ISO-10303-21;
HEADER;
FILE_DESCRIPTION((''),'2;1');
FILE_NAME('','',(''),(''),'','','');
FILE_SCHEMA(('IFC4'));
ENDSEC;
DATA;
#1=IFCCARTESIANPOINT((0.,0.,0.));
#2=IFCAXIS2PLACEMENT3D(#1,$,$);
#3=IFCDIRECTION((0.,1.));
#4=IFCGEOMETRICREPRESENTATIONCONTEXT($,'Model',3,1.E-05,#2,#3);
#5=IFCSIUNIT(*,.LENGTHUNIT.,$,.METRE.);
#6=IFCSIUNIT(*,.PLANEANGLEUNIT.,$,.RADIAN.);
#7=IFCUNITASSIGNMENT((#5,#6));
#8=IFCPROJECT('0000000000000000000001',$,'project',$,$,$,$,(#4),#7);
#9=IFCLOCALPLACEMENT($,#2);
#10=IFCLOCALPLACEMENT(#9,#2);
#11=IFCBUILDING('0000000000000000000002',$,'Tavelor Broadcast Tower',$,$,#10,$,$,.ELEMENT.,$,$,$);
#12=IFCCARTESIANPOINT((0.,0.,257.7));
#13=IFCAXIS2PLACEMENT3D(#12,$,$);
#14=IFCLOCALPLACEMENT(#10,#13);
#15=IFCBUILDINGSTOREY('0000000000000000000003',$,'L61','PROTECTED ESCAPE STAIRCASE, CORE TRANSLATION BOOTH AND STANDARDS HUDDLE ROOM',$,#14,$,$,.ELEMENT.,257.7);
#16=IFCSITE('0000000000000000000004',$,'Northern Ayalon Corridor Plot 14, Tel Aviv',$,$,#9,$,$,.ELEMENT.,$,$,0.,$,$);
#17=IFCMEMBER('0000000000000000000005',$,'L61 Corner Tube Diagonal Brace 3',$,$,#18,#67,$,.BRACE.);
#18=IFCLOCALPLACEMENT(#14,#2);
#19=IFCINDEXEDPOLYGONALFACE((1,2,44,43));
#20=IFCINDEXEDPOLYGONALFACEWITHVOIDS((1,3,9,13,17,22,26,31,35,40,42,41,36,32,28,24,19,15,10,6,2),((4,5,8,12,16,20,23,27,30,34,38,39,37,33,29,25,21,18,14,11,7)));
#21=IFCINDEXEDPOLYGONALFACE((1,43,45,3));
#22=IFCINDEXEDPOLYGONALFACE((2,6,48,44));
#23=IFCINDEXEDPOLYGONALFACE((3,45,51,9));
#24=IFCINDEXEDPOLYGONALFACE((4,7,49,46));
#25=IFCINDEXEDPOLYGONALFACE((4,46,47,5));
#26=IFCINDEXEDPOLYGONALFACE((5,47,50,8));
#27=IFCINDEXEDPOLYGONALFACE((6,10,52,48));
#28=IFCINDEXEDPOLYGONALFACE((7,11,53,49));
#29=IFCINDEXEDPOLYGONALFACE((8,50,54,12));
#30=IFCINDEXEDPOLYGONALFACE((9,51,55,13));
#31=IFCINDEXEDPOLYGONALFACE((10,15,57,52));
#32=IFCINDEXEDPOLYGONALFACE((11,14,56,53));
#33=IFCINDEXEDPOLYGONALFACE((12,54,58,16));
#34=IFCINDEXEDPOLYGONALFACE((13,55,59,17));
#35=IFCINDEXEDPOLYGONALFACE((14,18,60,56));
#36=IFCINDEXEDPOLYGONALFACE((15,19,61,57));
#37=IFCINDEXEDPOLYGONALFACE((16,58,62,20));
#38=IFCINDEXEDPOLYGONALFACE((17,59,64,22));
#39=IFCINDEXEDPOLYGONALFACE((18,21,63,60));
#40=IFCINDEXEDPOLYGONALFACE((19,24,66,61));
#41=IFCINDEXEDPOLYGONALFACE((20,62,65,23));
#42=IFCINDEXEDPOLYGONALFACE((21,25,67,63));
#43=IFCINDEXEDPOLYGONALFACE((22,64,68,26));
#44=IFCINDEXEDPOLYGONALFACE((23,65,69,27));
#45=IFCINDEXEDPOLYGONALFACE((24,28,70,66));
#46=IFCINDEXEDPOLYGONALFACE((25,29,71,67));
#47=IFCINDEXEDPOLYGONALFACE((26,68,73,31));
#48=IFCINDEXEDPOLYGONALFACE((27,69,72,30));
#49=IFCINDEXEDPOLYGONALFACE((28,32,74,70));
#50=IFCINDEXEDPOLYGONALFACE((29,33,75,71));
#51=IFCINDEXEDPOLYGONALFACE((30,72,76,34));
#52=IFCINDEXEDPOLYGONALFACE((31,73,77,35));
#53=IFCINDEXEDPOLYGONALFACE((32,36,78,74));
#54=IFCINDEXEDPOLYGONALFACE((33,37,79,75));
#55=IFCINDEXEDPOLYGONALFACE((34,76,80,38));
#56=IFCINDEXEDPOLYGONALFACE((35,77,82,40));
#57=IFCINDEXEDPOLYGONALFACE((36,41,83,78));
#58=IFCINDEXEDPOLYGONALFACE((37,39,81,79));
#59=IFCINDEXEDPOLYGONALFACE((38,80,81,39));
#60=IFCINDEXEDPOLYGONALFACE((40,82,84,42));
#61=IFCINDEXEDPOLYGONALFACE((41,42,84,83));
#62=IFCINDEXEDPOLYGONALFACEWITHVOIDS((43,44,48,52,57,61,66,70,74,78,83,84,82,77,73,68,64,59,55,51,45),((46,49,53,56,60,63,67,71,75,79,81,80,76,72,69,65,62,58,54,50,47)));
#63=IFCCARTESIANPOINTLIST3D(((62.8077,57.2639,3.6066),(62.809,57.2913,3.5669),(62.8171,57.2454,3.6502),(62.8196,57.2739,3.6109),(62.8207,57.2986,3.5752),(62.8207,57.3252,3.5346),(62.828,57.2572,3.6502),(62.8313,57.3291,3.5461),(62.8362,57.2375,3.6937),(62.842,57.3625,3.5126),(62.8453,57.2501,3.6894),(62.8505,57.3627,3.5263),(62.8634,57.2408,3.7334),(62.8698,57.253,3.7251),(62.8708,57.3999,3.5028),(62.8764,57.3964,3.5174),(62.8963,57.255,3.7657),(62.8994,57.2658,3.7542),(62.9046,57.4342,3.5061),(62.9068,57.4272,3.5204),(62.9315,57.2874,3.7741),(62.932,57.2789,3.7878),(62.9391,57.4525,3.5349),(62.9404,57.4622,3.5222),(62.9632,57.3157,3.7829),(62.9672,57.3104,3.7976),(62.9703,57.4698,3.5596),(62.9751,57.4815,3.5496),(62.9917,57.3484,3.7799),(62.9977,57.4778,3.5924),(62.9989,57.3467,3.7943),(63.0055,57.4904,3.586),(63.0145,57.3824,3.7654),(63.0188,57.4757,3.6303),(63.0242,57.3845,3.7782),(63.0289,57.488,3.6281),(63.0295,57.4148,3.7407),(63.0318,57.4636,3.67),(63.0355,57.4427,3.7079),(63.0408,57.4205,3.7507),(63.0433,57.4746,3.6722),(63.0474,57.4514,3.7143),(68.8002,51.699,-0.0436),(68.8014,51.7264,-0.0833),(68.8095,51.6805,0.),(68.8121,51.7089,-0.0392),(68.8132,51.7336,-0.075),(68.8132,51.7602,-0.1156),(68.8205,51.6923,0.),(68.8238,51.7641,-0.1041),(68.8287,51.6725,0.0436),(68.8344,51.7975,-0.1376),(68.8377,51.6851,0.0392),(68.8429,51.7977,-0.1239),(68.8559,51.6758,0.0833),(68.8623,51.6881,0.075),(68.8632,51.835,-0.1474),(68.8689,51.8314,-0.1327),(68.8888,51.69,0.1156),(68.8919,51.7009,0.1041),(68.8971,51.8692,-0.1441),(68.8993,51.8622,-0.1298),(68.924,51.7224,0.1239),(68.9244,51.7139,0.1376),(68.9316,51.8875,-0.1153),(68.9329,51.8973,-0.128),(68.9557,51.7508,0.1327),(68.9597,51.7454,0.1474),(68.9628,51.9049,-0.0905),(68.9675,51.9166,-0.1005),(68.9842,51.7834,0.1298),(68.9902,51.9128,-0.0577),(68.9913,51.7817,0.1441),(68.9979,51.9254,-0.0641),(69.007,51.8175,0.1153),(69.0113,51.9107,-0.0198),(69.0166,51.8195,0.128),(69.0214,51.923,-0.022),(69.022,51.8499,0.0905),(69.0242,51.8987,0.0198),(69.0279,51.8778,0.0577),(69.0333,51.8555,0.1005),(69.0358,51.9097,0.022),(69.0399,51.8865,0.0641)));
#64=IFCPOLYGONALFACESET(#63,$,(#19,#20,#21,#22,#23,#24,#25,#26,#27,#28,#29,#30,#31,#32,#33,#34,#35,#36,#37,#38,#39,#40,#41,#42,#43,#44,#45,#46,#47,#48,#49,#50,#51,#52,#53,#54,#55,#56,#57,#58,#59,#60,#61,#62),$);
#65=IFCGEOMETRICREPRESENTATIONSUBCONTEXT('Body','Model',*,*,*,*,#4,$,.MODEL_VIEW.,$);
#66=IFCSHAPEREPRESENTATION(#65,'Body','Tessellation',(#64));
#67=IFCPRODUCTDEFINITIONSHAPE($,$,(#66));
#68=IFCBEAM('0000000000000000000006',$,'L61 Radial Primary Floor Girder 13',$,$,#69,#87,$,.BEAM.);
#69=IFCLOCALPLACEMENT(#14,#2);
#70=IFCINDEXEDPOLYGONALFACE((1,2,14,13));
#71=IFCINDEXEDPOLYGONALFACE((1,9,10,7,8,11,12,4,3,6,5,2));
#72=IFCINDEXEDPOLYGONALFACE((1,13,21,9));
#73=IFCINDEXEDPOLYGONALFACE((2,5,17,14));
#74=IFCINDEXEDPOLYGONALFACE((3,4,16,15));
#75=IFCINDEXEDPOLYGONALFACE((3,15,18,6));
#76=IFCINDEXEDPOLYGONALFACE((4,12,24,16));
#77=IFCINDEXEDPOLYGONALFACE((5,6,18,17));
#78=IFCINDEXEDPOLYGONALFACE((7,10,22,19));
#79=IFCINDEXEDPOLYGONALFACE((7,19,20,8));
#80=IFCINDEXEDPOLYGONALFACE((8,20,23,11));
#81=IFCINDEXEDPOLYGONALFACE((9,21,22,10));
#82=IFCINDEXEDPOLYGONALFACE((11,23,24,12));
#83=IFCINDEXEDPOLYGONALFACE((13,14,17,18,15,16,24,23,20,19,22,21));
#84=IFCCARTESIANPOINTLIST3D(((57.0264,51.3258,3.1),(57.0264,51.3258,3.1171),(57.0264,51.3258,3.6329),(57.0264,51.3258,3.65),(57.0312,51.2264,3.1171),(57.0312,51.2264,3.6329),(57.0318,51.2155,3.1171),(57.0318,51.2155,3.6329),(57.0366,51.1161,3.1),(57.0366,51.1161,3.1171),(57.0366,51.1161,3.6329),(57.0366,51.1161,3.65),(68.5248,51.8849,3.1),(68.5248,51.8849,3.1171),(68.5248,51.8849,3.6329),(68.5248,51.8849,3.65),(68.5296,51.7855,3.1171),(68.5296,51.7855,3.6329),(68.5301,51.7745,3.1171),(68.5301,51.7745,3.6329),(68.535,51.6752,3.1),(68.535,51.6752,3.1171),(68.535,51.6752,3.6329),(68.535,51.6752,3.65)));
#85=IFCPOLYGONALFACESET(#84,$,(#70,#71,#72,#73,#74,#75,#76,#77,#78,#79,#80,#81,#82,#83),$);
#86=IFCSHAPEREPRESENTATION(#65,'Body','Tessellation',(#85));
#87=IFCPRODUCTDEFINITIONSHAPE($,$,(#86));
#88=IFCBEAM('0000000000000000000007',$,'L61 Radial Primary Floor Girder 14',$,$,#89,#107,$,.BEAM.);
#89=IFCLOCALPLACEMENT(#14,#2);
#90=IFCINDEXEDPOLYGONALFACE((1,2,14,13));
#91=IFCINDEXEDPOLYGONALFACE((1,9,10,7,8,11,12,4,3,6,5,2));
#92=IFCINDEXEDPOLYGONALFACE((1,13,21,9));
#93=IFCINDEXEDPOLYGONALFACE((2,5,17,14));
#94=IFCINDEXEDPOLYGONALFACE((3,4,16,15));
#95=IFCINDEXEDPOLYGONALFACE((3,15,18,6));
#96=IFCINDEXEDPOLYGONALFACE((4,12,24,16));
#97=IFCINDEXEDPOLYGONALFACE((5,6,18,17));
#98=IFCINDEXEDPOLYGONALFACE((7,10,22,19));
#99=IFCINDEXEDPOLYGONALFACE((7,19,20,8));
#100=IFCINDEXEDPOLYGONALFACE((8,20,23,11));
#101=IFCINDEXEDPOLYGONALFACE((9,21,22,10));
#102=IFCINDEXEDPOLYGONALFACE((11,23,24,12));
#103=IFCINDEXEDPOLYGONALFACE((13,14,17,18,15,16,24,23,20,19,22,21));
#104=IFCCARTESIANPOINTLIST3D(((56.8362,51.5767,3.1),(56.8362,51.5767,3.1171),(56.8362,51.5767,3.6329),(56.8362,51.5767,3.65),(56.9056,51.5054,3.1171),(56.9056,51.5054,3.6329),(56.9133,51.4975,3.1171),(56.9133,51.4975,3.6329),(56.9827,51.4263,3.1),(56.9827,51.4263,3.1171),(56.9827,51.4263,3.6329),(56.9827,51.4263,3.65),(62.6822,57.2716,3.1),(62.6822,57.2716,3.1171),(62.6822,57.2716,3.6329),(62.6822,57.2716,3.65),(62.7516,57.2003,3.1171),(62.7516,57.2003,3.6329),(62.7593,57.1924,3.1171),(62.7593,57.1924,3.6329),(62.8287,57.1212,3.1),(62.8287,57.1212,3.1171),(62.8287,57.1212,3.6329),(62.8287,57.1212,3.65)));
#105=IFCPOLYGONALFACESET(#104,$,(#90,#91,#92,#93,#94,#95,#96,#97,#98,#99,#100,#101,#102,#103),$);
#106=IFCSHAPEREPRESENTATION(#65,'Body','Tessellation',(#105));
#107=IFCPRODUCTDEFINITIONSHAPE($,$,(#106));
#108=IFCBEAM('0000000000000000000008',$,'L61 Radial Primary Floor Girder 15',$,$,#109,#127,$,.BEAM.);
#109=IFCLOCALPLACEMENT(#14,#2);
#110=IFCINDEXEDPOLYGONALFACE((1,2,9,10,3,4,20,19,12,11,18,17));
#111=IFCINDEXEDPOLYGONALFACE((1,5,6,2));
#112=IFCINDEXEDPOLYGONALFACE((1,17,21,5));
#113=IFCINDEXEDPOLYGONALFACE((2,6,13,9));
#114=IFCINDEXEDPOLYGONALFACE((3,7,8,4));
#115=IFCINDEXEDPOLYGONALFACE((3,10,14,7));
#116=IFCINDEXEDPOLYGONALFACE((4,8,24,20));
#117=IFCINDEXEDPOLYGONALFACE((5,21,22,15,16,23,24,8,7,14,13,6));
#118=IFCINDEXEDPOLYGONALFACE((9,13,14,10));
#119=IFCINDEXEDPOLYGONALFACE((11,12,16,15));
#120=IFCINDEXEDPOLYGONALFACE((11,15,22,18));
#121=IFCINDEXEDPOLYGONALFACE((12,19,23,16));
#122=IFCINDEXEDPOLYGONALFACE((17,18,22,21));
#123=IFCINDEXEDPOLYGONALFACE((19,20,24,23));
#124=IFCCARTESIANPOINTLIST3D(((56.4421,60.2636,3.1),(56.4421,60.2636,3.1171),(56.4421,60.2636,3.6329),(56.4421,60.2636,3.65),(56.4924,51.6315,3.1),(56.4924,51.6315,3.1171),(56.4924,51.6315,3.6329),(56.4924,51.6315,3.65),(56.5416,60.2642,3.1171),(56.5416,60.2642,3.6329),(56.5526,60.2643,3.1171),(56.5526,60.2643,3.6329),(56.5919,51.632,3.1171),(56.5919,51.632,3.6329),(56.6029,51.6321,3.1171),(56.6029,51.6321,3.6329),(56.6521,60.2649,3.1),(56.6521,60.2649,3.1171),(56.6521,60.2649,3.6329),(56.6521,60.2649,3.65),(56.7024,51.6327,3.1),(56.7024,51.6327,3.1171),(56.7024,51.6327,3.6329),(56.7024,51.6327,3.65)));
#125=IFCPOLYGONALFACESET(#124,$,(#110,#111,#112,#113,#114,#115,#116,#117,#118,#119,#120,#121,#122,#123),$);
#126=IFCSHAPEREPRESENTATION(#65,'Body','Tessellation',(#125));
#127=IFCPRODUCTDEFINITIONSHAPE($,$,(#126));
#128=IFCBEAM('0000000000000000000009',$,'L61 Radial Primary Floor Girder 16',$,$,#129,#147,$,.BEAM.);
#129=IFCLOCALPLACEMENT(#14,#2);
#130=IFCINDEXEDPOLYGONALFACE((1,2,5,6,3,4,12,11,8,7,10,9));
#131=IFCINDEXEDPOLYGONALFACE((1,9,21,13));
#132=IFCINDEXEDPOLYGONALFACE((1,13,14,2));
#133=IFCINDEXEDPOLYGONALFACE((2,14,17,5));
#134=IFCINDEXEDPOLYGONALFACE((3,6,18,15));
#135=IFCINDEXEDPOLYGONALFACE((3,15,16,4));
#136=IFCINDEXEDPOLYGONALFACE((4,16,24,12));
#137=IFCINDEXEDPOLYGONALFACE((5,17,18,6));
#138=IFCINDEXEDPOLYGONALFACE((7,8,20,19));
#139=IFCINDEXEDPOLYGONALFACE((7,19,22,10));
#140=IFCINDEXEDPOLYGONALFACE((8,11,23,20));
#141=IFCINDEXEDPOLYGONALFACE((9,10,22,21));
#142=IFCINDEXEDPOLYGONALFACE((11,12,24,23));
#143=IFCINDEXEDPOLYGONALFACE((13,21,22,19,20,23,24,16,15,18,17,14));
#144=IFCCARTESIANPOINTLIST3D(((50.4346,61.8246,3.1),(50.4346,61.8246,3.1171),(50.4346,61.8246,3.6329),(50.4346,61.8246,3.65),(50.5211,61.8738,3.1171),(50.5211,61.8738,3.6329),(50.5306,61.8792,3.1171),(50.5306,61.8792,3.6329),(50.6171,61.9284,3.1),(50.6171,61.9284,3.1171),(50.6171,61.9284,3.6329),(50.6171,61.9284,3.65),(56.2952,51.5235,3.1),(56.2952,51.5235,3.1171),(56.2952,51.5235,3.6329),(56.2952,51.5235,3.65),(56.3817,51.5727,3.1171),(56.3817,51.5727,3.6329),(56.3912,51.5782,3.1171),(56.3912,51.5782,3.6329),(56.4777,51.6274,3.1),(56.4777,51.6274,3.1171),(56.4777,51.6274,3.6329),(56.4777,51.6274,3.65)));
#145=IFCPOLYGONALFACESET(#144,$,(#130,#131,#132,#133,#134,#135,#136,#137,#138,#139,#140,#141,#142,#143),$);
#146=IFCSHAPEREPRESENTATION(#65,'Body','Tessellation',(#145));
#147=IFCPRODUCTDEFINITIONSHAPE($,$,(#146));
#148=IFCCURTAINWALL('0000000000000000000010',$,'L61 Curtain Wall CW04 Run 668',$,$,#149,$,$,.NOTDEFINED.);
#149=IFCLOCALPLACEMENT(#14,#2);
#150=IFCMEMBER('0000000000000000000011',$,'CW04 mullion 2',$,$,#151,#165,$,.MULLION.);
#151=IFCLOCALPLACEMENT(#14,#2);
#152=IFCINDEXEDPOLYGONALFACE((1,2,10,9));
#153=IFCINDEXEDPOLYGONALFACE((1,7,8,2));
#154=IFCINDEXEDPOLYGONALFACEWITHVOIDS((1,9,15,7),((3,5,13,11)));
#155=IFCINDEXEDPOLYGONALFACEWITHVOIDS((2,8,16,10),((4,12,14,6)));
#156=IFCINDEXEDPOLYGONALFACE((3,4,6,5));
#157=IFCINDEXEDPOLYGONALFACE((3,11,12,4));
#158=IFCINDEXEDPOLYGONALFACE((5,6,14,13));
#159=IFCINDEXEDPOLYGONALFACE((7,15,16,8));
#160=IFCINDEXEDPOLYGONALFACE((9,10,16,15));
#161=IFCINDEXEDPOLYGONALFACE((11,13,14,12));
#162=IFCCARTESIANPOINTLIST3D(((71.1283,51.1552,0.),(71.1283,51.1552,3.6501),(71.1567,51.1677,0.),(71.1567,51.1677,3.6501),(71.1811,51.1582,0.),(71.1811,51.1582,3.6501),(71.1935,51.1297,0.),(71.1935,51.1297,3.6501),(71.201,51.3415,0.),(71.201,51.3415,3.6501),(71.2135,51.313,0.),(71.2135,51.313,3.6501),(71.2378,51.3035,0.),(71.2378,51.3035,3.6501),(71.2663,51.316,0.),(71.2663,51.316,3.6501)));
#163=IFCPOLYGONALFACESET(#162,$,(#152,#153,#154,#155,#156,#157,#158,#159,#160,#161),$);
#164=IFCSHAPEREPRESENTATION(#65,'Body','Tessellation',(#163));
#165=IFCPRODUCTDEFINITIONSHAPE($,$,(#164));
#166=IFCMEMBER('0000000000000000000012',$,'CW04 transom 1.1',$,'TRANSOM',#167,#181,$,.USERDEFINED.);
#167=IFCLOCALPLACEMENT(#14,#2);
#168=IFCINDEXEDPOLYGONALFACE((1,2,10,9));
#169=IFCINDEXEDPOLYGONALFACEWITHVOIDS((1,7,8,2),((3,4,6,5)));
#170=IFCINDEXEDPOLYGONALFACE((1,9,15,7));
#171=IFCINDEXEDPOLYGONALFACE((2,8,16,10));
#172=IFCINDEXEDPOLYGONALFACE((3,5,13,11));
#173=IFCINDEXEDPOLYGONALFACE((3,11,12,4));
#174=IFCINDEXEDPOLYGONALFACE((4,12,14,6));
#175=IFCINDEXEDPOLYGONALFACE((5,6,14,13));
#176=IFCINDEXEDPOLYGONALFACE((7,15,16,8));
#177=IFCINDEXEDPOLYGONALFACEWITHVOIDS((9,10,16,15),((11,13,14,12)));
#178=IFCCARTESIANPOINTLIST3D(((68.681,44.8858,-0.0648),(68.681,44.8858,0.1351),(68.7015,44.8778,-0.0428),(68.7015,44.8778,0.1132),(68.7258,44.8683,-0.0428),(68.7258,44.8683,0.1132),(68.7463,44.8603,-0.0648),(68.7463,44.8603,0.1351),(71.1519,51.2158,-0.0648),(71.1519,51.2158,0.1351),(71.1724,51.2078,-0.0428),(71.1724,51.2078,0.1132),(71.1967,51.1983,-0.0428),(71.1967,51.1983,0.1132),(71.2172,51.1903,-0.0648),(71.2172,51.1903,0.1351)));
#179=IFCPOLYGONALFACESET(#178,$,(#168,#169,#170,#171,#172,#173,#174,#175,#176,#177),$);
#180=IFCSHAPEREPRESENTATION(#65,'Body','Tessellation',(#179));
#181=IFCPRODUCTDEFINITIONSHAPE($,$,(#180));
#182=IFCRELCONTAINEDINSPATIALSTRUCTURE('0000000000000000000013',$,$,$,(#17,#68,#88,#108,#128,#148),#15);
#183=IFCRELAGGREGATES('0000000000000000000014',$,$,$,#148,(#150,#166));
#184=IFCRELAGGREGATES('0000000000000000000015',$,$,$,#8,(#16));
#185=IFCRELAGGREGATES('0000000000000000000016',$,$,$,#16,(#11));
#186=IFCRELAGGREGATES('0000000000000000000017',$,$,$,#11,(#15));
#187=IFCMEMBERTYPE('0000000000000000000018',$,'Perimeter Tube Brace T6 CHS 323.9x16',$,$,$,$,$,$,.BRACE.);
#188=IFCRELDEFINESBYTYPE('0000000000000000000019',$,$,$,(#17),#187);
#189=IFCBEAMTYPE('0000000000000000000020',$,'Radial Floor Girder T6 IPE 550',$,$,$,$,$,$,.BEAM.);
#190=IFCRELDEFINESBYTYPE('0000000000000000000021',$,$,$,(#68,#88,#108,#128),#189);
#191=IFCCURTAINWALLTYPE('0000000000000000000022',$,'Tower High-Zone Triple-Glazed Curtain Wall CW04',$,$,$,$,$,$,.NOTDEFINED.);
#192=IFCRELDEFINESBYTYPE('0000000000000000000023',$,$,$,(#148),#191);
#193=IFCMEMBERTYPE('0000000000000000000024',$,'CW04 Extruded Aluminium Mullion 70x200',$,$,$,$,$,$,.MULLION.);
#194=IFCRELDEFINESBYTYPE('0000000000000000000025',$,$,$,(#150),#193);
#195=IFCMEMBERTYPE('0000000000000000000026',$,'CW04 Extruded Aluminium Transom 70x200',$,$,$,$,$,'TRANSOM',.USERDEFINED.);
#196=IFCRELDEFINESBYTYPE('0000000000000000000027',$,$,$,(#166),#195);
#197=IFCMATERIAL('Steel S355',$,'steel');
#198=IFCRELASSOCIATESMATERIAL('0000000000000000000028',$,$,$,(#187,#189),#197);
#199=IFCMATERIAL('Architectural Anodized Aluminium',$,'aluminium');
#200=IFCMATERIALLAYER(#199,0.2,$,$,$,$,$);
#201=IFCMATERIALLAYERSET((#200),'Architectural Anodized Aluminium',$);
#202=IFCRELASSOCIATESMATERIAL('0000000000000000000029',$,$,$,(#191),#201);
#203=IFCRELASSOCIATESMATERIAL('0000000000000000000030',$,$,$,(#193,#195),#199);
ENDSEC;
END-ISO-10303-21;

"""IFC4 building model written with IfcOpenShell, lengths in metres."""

from ifc_helpers import new_model, si_unit, direction, frame, origin, origin_2d, place, context, subcontext, project, spatial, hollow_rectangle, hollow_circle, i_section, extrude, source, transform, mapped, material, layer, layer_set, material_profile, profile_set, type_object, type_shapes, element, aggregate, save


model = new_model("IFC4")

# Units and contexts
model_context = context("Model", 3, precision=1e-05, world=origin(), true_north=direction((0.0, 1.0)))
body_context = subcontext(model_context, "Body", "Model", "MODEL_VIEW")
ifc_project = project(units=[si_unit("LENGTHUNIT", "METRE"), si_unit("PLANEANGLEUNIT", "RADIAN")], contexts=[model_context])

# Site, building, storey
site_placement = place(None, origin())
site = spatial("IfcSite", under=ifc_project, at=site_placement, Name="Northern Ayalon Corridor Plot 14, Tel Aviv", CompositionType="ELEMENT", RefElevation=0.0)
building_placement = place(site_placement, origin())
building = spatial("IfcBuilding", under=site, at=building_placement, Name="Tavelor Broadcast Tower", CompositionType="ELEMENT")
storey_placement = place(building_placement, frame((0.0, 0.0, 257.7)))
storey = spatial("IfcBuildingStorey", under=building, at=storey_placement, Name="L61", Description="PROTECTED ESCAPE STAIRCASE, CORE TRANSLATION BOOTH AND STANDARDS HUDDLE ROOM", CompositionType="ELEMENT", Elevation=257.7)

# Shared definitions
ifc_material_1 = material(Name="Steel S355", Category="steel")

# Member
ifc_material_profile_1 = material_profile(ifc_material_1, hollow_circle(Radius=0.1619, WallThickness=0.0161, at=origin_2d()), Name="CHS 323.9x16")
ifc_profile_set_1 = profile_set([ifc_material_profile_1], Name="Steel S355")
member_type_1 = type_object("IfcMemberType", Name="Perimeter Tube Brace T6 CHS 323.9x16", PredefinedType="BRACE", material=ifc_profile_set_1)
member_1_placement = place(storey_placement, frame((68.9197, 51.7991, 0.0), z_axis=(-0.669133, 0.621398, 0.407586), x_axis=(-0.680487, -0.732761, 0.0)))
element("IfcMember", 1, at=member_1_placement, inside=storey, type_object=member_type_1, Name="L61 Corner Tube Diagonal Brace 3", PredefinedType="BRACE", context=body_context, shape_type="SweptSolid", body=[
    extrude(hollow_circle(Radius=0.1619, WallThickness=0.0161, at=origin_2d()), origin(), (0.0, 0.0, 1.0), 8.9556),
])

# Beams
ifc_material_profile_2 = material_profile(ifc_material_1, i_section(OverallWidth=0.21, OverallDepth=0.55, WebThickness=0.011, FlangeThickness=0.0171, at=origin_2d()), Name="IPE 550")
ifc_profile_set_2 = profile_set([ifc_material_profile_2], Name="Steel S355")
beam_type_1 = type_object("IfcBeamType", Name="Radial Floor Girder T6 IPE 550", PredefinedType="BEAM", material=ifc_profile_set_2)
beam_1_placement = place(storey_placement, frame((57.0315, 51.2209, 3.375), z_axis=(0.99882, 0.048566, 0.0), x_axis=(-0.048566, 0.99882, 0.0)))
element("IfcBeam", 2, at=beam_1_placement, inside=storey, type_object=beam_type_1, Name="L61 Radial Primary Floor Girder 13", PredefinedType="BEAM", context=body_context, shape_type="SweptSolid", body=[
    extrude(i_section(OverallWidth=0.21, OverallDepth=0.55, WebThickness=0.011, FlangeThickness=0.0171, at=origin_2d()), origin(), (0.0, 0.0, 1.0), 11.512),
])
beam_2_placement = place(storey_placement, frame((56.9094, 51.5015, 3.375), z_axis=(0.716305, 0.697788, 0.0), x_axis=(-0.697788, 0.716305, 0.0)))
element("IfcBeam", 3, at=beam_2_placement, inside=storey, type_object=beam_type_1, Name="L61 Radial Primary Floor Girder 14", PredefinedType="BEAM", context=body_context, shape_type="SweptSolid", body=[
    extrude(i_section(OverallWidth=0.21, OverallDepth=0.55, WebThickness=0.011, FlangeThickness=0.0171, at=origin_2d()), origin(), (0.0, 0.0, 1.0), 8.1614),
])
beam_3_placement = place(storey_placement, frame((56.5974, 51.6321, 3.375), z_axis=(-0.005826, 0.999983, 0.0), x_axis=(-0.999983, -0.005826, 0.0)))
element("IfcBeam", 4, at=beam_3_placement, inside=storey, type_object=beam_type_1, Name="L61 Radial Primary Floor Girder 15", PredefinedType="BEAM", context=body_context, shape_type="SweptSolid", body=[
    extrude(i_section(OverallWidth=0.21, OverallDepth=0.55, WebThickness=0.011, FlangeThickness=0.0171, at=origin_2d()), origin(), (0.0, 0.0, 1.0), 8.6323),
])
beam_4_placement = place(storey_placement, frame((56.3865, 51.5754, 3.375), z_axis=(-0.494503, 0.869176, 0.0), x_axis=(-0.869176, -0.494503, 0.0)))
element("IfcBeam", 5, at=beam_4_placement, inside=storey, type_object=beam_type_1, Name="L61 Radial Primary Floor Girder 16", PredefinedType="BEAM", context=body_context, shape_type="SweptSolid", body=[
    extrude(i_section(OverallWidth=0.21, OverallDepth=0.55, WebThickness=0.011, FlangeThickness=0.0171, at=origin_2d()), origin(), (0.0, 0.0, 1.0), 11.8516),
])

# Curtain wall, members
ifc_material_2 = material(Name="Architectural Anodized Aluminium", Category="aluminium")
ifc_layer_1 = layer(ifc_material_2, 0.2)
ifc_layer_set_1 = layer_set([ifc_layer_1], Name="Architectural Anodized Aluminium")
curtain_wall_type = type_object("IfcCurtainWallType", Name="Tower High-Zone Triple-Glazed Curtain Wall CW04", PredefinedType="NOTDEFINED", material=ifc_layer_set_1)
curtain_wall_placement = place(storey_placement, origin())
curtain_wall = element("IfcCurtainWall", 6, at=curtain_wall_placement, inside=storey, type_object=curtain_wall_type, Name="L61 Curtain Wall CW04 Run 668", PredefinedType="NOTDEFINED")
ifc_material_profile_3 = material_profile(ifc_material_2, hollow_rectangle(XDim=0.0701, YDim=0.2, WallThickness=0.022, at=origin_2d()), Name="RHS 70x200x22")
ifc_profile_set_3 = profile_set([ifc_material_profile_3], Name="Architectural Anodized Aluminium")
member_type_2 = type_object("IfcMemberType", Name="CW04 Extruded Aluminium Mullion 70x200", PredefinedType="MULLION", material=ifc_profile_set_3)
shared_shape_1 = source(origin(), body_context, "Body", "SweptSolid", [
    extrude(hollow_rectangle(XDim=0.0701, YDim=0.2, WallThickness=0.022, at=origin_2d()), origin(), (0.0, 0.0, 1.0), 3.6501),
])
type_shapes(member_type_2, [shared_shape_1])
member_2_placement = place(storey_placement, frame((71.1973, 51.2356, 0.0), z_axis=(0.0, 0.0, 1.0), x_axis=(-0.931542, 0.363634, 0.0)))
member_2 = element("IfcMember", 7, at=member_2_placement, type_object=member_type_2, Name="CW04 mullion 2", PredefinedType="MULLION", context=body_context, shape_type="MappedRepresentation", body=[
    mapped(shared_shape_1, transform((0.0, 0.0, 0.0), scale=1.0)),
])
ifc_material_profile_4 = material_profile(ifc_material_2, hollow_rectangle(XDim=0.0701, YDim=0.2, WallThickness=0.022, at=origin_2d()), Name="RHS 70x200x22")
ifc_profile_set_4 = profile_set([ifc_material_profile_4], Name="Architectural Anodized Aluminium")
member_type_3 = type_object("IfcMemberType", Name="CW04 Extruded Aluminium Transom 70x200", ElementType="TRANSOM", PredefinedType="USERDEFINED", material=ifc_profile_set_4)
shared_shape_2 = source(origin(), body_context, "Body", "SweptSolid", [
    extrude(hollow_rectangle(XDim=0.0701, YDim=0.2, WallThickness=0.022, at=origin_2d()), origin(), (0.0, 0.0, 1.0), 6.7952),
])
type_shapes(member_type_3, [shared_shape_2])
member_3_placement = place(storey_placement, frame((68.7136, 44.873, 0.0352), z_axis=(0.363628, 0.931544, 0.0), x_axis=(-0.931544, 0.363628, 0.0)))
member_3 = element("IfcMember", 8, at=member_3_placement, type_object=member_type_3, Name="CW04 transom 1.1", ObjectType="TRANSOM", PredefinedType="USERDEFINED", context=body_context, shape_type="MappedRepresentation", body=[
    mapped(shared_shape_2, transform((0.0, 0.0, 0.0), scale=1.0)),
])

aggregate(curtain_wall, [member_2, member_3])

save(model, "model.ifc")
